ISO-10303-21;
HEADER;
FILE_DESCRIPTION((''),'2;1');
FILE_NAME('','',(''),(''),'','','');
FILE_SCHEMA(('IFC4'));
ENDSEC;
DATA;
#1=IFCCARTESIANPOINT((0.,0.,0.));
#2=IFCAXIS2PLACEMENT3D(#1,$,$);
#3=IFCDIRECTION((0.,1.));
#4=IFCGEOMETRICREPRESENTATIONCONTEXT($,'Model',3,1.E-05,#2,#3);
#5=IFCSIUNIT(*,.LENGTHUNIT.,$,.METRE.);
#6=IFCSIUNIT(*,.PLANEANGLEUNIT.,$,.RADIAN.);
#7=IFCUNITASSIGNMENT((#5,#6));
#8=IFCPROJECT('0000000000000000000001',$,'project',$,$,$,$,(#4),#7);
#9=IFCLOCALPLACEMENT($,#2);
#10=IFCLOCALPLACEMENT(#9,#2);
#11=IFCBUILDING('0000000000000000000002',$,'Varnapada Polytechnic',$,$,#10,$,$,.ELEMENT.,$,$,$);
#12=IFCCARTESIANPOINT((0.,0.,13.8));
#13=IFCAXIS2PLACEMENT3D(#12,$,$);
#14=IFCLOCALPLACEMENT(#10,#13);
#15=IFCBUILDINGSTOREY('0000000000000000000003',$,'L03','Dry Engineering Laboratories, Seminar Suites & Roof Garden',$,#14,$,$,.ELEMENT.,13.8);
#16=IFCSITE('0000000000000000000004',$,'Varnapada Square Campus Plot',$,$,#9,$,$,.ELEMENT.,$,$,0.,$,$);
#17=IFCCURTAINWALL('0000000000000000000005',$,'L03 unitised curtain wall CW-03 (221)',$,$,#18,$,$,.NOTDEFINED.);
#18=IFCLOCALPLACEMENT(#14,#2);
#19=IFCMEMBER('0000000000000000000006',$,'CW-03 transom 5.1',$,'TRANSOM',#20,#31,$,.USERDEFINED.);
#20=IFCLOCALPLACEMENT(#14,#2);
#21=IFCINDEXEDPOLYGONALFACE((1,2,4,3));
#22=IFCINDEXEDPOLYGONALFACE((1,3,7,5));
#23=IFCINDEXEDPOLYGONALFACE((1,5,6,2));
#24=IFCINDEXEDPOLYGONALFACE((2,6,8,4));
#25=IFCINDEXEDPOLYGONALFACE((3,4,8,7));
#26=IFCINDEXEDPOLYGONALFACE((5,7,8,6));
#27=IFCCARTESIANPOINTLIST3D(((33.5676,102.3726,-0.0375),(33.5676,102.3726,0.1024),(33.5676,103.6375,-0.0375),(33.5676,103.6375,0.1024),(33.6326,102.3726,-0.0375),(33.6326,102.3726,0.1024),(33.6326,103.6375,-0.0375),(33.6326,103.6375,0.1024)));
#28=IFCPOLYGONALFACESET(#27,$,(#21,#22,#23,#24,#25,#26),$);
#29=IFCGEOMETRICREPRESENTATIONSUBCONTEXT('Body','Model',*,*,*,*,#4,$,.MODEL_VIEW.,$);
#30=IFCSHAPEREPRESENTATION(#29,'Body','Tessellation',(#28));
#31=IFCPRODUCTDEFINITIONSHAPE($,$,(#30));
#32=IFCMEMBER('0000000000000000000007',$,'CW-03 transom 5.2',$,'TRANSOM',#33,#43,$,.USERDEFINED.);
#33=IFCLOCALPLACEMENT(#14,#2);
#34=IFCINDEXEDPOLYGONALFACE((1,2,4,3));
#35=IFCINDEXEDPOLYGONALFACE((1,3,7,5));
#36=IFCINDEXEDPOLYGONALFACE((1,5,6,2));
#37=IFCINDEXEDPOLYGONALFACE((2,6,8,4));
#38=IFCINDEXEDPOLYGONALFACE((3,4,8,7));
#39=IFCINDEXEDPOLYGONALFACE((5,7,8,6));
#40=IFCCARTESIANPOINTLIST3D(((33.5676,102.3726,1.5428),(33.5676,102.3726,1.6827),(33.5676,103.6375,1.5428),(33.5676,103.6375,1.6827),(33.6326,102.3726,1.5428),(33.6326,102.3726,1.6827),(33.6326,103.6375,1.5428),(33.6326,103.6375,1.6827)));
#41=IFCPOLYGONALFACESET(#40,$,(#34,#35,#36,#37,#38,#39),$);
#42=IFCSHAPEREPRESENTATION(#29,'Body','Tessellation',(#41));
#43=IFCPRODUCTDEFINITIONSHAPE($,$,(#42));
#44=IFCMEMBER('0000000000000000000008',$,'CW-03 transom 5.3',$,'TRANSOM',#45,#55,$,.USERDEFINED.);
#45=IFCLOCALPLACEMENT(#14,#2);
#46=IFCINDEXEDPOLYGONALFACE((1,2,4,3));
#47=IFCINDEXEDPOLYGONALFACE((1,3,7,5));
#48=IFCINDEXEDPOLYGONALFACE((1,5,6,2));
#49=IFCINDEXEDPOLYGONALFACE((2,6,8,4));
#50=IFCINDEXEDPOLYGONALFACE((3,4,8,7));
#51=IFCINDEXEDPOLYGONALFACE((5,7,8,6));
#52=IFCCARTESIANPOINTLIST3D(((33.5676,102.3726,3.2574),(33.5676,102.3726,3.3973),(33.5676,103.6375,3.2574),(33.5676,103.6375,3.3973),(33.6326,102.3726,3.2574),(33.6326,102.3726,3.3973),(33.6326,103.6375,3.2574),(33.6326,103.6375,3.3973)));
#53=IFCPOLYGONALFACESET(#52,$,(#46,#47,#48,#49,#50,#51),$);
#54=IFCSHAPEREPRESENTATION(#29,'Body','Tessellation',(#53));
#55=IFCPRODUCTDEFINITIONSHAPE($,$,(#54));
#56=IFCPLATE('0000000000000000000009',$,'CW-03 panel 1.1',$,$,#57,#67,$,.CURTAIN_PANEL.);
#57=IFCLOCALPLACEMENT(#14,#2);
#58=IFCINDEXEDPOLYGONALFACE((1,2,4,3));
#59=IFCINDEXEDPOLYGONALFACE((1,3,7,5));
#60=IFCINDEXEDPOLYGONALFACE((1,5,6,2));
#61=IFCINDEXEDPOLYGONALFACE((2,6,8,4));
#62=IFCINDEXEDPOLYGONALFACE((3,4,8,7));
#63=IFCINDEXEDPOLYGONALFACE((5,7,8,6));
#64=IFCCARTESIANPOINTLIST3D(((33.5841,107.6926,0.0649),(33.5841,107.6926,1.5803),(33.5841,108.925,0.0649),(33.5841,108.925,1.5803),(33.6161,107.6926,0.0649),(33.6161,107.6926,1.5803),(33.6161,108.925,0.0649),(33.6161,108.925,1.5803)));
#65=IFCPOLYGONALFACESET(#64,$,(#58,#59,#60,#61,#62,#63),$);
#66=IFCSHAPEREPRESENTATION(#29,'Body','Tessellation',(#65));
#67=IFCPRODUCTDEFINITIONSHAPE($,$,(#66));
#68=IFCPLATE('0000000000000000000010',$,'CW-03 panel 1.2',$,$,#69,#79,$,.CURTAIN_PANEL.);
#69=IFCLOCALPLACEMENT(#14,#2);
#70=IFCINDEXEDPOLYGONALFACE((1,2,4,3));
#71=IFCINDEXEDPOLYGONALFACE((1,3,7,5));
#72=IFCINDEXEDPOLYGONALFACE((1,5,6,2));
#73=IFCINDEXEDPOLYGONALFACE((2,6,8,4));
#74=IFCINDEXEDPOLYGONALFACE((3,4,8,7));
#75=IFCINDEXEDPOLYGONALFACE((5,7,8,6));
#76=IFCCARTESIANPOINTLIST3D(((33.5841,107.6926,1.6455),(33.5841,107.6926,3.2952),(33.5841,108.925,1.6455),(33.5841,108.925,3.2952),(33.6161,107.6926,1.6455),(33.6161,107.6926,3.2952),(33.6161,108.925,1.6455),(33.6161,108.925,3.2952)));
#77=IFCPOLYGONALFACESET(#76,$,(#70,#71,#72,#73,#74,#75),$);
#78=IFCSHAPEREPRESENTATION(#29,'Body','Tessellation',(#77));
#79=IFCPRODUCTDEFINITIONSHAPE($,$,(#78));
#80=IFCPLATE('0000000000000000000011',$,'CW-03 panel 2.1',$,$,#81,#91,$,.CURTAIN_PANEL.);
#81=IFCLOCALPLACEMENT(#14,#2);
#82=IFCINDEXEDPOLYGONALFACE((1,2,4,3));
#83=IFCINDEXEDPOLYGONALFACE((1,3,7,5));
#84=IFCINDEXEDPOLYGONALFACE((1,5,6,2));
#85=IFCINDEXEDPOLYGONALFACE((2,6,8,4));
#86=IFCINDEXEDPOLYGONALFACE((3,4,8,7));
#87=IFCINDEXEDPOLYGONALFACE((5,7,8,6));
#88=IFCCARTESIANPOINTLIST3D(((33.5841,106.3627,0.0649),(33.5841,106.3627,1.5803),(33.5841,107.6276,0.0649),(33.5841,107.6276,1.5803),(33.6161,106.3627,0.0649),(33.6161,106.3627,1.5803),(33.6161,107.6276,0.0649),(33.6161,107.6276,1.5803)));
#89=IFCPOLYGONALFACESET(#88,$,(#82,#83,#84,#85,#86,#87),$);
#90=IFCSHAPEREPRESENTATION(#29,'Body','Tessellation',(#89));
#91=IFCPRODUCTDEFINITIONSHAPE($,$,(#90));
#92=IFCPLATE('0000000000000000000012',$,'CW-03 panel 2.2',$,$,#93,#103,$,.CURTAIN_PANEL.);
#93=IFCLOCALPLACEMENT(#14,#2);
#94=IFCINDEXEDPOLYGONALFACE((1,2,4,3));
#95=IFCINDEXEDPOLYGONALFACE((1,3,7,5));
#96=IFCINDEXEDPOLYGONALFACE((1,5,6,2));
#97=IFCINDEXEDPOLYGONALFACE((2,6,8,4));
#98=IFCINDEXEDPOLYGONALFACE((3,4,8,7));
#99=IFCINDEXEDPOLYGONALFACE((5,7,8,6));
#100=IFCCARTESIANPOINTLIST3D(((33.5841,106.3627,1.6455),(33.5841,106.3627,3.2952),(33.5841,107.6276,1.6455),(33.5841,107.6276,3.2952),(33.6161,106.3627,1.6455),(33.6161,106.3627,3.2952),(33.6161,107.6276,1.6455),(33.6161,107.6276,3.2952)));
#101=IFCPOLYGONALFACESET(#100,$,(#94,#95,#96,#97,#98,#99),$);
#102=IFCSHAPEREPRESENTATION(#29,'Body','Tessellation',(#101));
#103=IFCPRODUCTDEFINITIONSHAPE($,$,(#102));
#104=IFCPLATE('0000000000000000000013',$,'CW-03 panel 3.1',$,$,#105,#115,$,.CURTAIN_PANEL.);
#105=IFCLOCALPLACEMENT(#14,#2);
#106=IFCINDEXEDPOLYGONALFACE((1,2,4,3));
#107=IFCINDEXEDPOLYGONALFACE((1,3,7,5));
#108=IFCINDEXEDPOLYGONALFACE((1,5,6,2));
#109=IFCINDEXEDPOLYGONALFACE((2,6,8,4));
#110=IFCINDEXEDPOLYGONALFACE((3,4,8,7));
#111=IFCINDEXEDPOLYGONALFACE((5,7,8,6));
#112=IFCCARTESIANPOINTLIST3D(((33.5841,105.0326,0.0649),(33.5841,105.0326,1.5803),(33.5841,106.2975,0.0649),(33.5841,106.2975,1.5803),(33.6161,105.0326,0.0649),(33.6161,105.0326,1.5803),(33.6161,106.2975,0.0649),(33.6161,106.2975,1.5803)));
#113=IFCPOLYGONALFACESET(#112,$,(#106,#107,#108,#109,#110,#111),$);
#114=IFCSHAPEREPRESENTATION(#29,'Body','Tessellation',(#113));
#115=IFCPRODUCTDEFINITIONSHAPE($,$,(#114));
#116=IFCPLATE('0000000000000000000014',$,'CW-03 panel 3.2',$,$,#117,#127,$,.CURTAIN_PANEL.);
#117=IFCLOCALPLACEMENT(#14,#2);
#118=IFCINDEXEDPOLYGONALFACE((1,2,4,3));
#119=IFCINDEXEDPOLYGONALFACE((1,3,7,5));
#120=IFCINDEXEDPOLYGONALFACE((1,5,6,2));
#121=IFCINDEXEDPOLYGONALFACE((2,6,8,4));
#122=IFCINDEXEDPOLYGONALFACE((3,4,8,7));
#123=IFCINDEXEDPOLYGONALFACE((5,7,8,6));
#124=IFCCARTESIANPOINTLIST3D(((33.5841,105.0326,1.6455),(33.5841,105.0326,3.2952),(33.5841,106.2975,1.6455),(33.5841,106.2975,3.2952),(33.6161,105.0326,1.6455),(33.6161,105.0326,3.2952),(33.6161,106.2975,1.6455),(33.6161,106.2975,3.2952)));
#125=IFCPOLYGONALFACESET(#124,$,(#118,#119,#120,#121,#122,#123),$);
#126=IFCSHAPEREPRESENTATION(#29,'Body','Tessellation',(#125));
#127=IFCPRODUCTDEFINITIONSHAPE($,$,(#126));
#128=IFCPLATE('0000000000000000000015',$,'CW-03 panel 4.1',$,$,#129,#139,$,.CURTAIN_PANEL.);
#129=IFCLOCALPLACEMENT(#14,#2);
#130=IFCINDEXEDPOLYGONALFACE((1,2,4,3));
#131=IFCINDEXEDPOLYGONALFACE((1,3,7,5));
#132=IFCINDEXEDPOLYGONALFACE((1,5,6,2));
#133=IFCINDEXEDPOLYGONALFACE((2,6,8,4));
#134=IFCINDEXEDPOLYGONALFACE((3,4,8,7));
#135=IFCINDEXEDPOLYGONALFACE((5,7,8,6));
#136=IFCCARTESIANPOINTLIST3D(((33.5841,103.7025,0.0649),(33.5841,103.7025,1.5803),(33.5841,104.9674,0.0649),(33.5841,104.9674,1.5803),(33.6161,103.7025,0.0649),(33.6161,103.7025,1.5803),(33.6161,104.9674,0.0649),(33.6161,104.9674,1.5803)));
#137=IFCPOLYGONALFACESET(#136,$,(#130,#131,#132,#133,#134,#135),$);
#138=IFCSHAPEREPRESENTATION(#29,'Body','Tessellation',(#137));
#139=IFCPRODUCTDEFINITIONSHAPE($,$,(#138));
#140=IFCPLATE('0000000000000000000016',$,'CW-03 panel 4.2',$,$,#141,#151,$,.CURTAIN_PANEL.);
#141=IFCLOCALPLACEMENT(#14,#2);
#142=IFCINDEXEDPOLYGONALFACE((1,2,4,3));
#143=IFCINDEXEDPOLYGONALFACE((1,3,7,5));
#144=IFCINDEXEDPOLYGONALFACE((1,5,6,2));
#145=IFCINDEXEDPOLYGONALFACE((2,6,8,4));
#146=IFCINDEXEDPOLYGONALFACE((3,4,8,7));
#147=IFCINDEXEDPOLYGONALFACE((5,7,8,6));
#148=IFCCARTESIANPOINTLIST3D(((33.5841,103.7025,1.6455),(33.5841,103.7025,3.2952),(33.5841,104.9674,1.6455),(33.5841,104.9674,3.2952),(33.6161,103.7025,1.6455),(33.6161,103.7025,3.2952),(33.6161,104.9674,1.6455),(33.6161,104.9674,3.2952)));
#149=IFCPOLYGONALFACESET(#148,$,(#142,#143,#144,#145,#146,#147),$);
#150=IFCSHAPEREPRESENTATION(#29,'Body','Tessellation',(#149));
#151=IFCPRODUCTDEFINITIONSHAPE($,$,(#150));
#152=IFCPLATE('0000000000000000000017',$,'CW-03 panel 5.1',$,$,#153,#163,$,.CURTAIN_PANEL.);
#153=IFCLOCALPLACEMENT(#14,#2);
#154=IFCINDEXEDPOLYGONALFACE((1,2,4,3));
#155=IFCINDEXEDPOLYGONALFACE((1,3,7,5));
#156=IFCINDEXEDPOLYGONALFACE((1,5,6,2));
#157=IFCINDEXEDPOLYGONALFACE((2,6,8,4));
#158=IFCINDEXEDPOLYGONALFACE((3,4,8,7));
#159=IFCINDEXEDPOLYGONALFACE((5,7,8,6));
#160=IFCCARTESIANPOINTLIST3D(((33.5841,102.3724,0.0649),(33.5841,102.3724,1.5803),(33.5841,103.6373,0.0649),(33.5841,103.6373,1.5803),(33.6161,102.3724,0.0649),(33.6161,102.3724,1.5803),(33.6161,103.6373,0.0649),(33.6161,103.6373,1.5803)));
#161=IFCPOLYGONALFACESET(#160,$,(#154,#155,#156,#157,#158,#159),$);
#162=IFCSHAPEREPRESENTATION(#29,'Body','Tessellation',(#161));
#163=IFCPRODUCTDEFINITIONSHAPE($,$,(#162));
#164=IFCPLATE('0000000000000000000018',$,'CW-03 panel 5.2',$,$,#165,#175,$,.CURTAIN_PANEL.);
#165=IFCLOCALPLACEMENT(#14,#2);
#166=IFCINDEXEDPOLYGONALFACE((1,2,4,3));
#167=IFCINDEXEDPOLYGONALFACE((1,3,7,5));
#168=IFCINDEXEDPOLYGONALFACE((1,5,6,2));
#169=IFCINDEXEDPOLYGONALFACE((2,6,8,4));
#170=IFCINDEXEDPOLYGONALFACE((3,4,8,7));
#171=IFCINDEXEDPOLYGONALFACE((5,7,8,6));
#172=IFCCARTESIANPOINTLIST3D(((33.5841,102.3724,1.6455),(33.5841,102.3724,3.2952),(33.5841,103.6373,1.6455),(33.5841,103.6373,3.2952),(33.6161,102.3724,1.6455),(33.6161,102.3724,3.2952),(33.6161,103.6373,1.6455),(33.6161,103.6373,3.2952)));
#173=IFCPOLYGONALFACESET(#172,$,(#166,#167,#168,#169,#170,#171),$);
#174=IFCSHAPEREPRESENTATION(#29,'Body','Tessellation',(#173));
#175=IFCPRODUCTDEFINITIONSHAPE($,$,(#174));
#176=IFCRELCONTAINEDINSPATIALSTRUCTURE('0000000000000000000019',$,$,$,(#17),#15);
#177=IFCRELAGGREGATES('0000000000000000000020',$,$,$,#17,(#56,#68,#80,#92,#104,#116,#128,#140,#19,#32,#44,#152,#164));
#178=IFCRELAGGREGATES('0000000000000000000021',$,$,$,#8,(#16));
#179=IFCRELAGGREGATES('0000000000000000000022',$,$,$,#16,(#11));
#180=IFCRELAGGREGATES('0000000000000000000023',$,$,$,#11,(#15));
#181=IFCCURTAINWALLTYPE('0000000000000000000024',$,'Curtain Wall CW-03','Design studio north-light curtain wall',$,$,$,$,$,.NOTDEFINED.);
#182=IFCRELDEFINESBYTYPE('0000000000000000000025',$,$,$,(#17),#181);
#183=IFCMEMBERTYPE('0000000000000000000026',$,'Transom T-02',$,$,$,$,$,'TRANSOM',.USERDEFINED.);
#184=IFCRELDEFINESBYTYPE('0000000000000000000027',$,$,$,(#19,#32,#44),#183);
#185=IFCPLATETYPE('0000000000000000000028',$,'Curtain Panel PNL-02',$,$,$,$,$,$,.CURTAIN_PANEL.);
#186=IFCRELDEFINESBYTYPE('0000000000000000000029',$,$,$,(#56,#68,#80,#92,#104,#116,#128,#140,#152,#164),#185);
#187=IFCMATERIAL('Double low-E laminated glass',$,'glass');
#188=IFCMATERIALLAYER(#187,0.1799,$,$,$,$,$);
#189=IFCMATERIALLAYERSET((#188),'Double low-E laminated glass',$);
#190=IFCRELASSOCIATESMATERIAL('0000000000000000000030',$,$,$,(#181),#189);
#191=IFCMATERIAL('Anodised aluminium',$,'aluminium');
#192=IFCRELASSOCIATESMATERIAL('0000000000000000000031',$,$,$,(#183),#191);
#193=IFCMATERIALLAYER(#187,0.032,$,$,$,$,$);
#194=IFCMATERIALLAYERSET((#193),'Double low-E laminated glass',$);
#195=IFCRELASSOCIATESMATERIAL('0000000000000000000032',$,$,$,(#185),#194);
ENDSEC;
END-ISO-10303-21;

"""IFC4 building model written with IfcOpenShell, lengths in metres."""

from ifc_helpers import new_model, si_unit, direction, frame, origin, origin_2d, place, context, subcontext, project, spatial, rectangle, extrude, material, layer, layer_set, material_profile, profile_set, type_object, element, aggregate, save


model = new_model("IFC4")

# Units and contexts
model_context = context("Model", 3, precision=1e-05, world=origin(), true_north=direction((0.0, 1.0)))
body_context = subcontext(model_context, "Body", "Model", "MODEL_VIEW")
ifc_project = project(units=[si_unit("LENGTHUNIT", "METRE"), si_unit("PLANEANGLEUNIT", "RADIAN")], contexts=[model_context])

# Site, building, storey
site_placement = place(None, origin())
site = spatial("IfcSite", under=ifc_project, at=site_placement, Name="Varnapada Square Campus Plot", CompositionType="ELEMENT", RefElevation=0.0)
building_placement = place(site_placement, origin())
building = spatial("IfcBuilding", under=site, at=building_placement, Name="Varnapada Polytechnic", CompositionType="ELEMENT")
storey_placement = place(building_placement, frame((0.0, 0.0, 13.8)))
storey = spatial("IfcBuildingStorey", under=building, at=storey_placement, Name="L03", Description="Dry Engineering Laboratories, Seminar Suites & Roof Garden", CompositionType="ELEMENT", Elevation=13.8)

# Curtain wall, members, plates
ifc_material_1 = material(Name="Double low-E laminated glass", Category="glass")
ifc_layer_1 = layer(ifc_material_1, 0.1799)
ifc_layer_set_1 = layer_set([ifc_layer_1], Name="Double low-E laminated glass")
curtain_wall_type = type_object("IfcCurtainWallType", Name="Curtain Wall CW-03", Description="Design studio north-light curtain wall", PredefinedType="NOTDEFINED", material=ifc_layer_set_1)
curtain_wall_placement = place(storey_placement, origin())
curtain_wall = element("IfcCurtainWall", 1, at=curtain_wall_placement, inside=storey, type_object=curtain_wall_type, Name="L03 unitised curtain wall CW-03 (221)", PredefinedType="NOTDEFINED")
ifc_material_2 = material(Name="Anodised aluminium", Category="aluminium")
ifc_material_profile_1 = material_profile(ifc_material_2, rectangle(XDim=0.0649, YDim=0.1399, at=origin_2d()), Name="ALU T65x140")
ifc_profile_set_1 = profile_set([ifc_material_profile_1], Name="Anodised aluminium")
member_type_1 = type_object("IfcMemberType", Name="Transom T-02", ElementType="TRANSOM", PredefinedType="USERDEFINED", material=ifc_profile_set_1)
member_1_placement = place(storey_placement, frame((33.6001, 103.6375, 0.0325), z_axis=(0.0, -1.0, 0.0), x_axis=(1.0, 0.0, 0.0)))
member_1 = element("IfcMember", 2, at=member_1_placement, type_object=member_type_1, Name="CW-03 transom 5.1", ObjectType="TRANSOM", PredefinedType="USERDEFINED", context=body_context, shape_type="SweptSolid", body=[
    extrude(rectangle(XDim=0.0649, YDim=0.1399, at=origin_2d()), origin(), (0.0, 0.0, 1.0), 1.2649),
])
member_2_placement = place(storey_placement, frame((33.6001, 103.6375, 1.6128), z_axis=(0.0, -1.0, 0.0), x_axis=(1.0, 0.0, 0.0)))
member_2 = element("IfcMember", 3, at=member_2_placement, type_object=member_type_1, Name="CW-03 transom 5.2", ObjectType="TRANSOM", PredefinedType="USERDEFINED", context=body_context, shape_type="SweptSolid", body=[
    extrude(rectangle(XDim=0.0649, YDim=0.1399, at=origin_2d()), origin(), (0.0, 0.0, 1.0), 1.2649),
])
member_3_placement = place(storey_placement, frame((33.6001, 103.6375, 3.3274), z_axis=(0.0, -1.0, 0.0), x_axis=(1.0, 0.0, 0.0)))
member_3 = element("IfcMember", 4, at=member_3_placement, type_object=member_type_1, Name="CW-03 transom 5.3", ObjectType="TRANSOM", PredefinedType="USERDEFINED", context=body_context, shape_type="SweptSolid", body=[
    extrude(rectangle(XDim=0.0649, YDim=0.1399, at=origin_2d()), origin(), (0.0, 0.0, 1.0), 1.2649),
])
ifc_layer_2 = layer(ifc_material_1, 0.032)
ifc_layer_set_2 = layer_set([ifc_layer_2], Name="Double low-E laminated glass")
plate_type = type_object("IfcPlateType", Name="Curtain Panel PNL-02", PredefinedType="CURTAIN_PANEL", material=ifc_layer_set_2)
plate_1_placement = place(storey_placement, frame((33.6001, 108.3088, 0.0649), z_axis=(0.0, 0.0, 1.0), x_axis=(0.0, -1.0, 0.0)))
plate_1 = element("IfcPlate", 5, at=plate_1_placement, type_object=plate_type, Name="CW-03 panel 1.1", PredefinedType="CURTAIN_PANEL", context=body_context, shape_type="SweptSolid", body=[
    extrude(rectangle(XDim=1.2324, YDim=0.032, at=origin_2d()), origin(), (0.0, 0.0, 1.0), 1.5154),
])
plate_2_placement = place(storey_placement, frame((33.6001, 108.3088, 1.6455), z_axis=(0.0, 0.0, 1.0), x_axis=(0.0, -1.0, 0.0)))
plate_2 = element("IfcPlate", 6, at=plate_2_placement, type_object=plate_type, Name="CW-03 panel 1.2", PredefinedType="CURTAIN_PANEL", context=body_context, shape_type="SweptSolid", body=[
    extrude(rectangle(XDim=1.2324, YDim=0.032, at=origin_2d()), origin(), (0.0, 0.0, 1.0), 1.6497),
])
plate_3_placement = place(storey_placement, frame((33.6001, 106.9951, 0.0649), z_axis=(0.0, 0.0, 1.0), x_axis=(0.0, -1.0, 0.0)))
plate_3 = element("IfcPlate", 7, at=plate_3_placement, type_object=plate_type, Name="CW-03 panel 2.1", PredefinedType="CURTAIN_PANEL", context=body_context, shape_type="SweptSolid", body=[
    extrude(rectangle(XDim=1.2649, YDim=0.032, at=origin_2d()), origin(), (0.0, 0.0, 1.0), 1.5154),
])
plate_4_placement = place(storey_placement, frame((33.6001, 106.9951, 1.6455), z_axis=(0.0, 0.0, 1.0), x_axis=(0.0, -1.0, 0.0)))
plate_4 = element("IfcPlate", 8, at=plate_4_placement, type_object=plate_type, Name="CW-03 panel 2.2", PredefinedType="CURTAIN_PANEL", context=body_context, shape_type="SweptSolid", body=[
    extrude(rectangle(XDim=1.2649, YDim=0.032, at=origin_2d()), origin(), (0.0, 0.0, 1.0), 1.6497),
])
plate_5_placement = place(storey_placement, frame((33.6001, 105.665, 0.0649), z_axis=(0.0, 0.0, 1.0), x_axis=(0.0, -1.0, 0.0)))
plate_5 = element("IfcPlate", 9, at=plate_5_placement, type_object=plate_type, Name="CW-03 panel 3.1", PredefinedType="CURTAIN_PANEL", context=body_context, shape_type="SweptSolid", body=[
    extrude(rectangle(XDim=1.2649, YDim=0.032, at=origin_2d()), origin(), (0.0, 0.0, 1.0), 1.5154),
])
plate_6_placement = place(storey_placement, frame((33.6001, 105.665, 1.6455), z_axis=(0.0, 0.0, 1.0), x_axis=(0.0, -1.0, 0.0)))
plate_6 = element("IfcPlate", 10, at=plate_6_placement, type_object=plate_type, Name="CW-03 panel 3.2", PredefinedType="CURTAIN_PANEL", context=body_context, shape_type="SweptSolid", body=[
    extrude(rectangle(XDim=1.2649, YDim=0.032, at=origin_2d()), origin(), (0.0, 0.0, 1.0), 1.6497),
])
plate_7_placement = place(storey_placement, frame((33.6001, 104.335, 0.0649), z_axis=(0.0, 0.0, 1.0), x_axis=(0.0, -1.0, 0.0)))
plate_7 = element("IfcPlate", 11, at=plate_7_placement, type_object=plate_type, Name="CW-03 panel 4.1", PredefinedType="CURTAIN_PANEL", context=body_context, shape_type="SweptSolid", body=[
    extrude(rectangle(XDim=1.2649, YDim=0.032, at=origin_2d()), origin(), (0.0, 0.0, 1.0), 1.5154),
])
plate_8_placement = place(storey_placement, frame((33.6001, 104.335, 1.6455), z_axis=(0.0, 0.0, 1.0), x_axis=(0.0, -1.0, 0.0)))
plate_8 = element("IfcPlate", 12, at=plate_8_placement, type_object=plate_type, Name="CW-03 panel 4.2", PredefinedType="CURTAIN_PANEL", context=body_context, shape_type="SweptSolid", body=[
    extrude(rectangle(XDim=1.2649, YDim=0.032, at=origin_2d()), origin(), (0.0, 0.0, 1.0), 1.6497),
])
plate_9_placement = place(storey_placement, frame((33.6001, 103.0049, 0.0649), z_axis=(0.0, 0.0, 1.0), x_axis=(0.0, -1.0, 0.0)))
plate_9 = element("IfcPlate", 13, at=plate_9_placement, type_object=plate_type, Name="CW-03 panel 5.1", PredefinedType="CURTAIN_PANEL", context=body_context, shape_type="SweptSolid", body=[
    extrude(rectangle(XDim=1.2649, YDim=0.032, at=origin_2d()), origin(), (0.0, 0.0, 1.0), 1.5154),
])
plate_10_placement = place(storey_placement, frame((33.6001, 103.0049, 1.6455), z_axis=(0.0, 0.0, 1.0), x_axis=(0.0, -1.0, 0.0)))
plate_10 = element("IfcPlate", 14, at=plate_10_placement, type_object=plate_type, Name="CW-03 panel 5.2", PredefinedType="CURTAIN_PANEL", context=body_context, shape_type="SweptSolid", body=[
    extrude(rectangle(XDim=1.2649, YDim=0.032, at=origin_2d()), origin(), (0.0, 0.0, 1.0), 1.6497),
])
aggregate(curtain_wall, [plate_1, plate_2, plate_3, plate_4, plate_5, plate_6, plate_7, plate_8, member_1, member_2, member_3, plate_9, plate_10])

save(model, "model.ifc")
